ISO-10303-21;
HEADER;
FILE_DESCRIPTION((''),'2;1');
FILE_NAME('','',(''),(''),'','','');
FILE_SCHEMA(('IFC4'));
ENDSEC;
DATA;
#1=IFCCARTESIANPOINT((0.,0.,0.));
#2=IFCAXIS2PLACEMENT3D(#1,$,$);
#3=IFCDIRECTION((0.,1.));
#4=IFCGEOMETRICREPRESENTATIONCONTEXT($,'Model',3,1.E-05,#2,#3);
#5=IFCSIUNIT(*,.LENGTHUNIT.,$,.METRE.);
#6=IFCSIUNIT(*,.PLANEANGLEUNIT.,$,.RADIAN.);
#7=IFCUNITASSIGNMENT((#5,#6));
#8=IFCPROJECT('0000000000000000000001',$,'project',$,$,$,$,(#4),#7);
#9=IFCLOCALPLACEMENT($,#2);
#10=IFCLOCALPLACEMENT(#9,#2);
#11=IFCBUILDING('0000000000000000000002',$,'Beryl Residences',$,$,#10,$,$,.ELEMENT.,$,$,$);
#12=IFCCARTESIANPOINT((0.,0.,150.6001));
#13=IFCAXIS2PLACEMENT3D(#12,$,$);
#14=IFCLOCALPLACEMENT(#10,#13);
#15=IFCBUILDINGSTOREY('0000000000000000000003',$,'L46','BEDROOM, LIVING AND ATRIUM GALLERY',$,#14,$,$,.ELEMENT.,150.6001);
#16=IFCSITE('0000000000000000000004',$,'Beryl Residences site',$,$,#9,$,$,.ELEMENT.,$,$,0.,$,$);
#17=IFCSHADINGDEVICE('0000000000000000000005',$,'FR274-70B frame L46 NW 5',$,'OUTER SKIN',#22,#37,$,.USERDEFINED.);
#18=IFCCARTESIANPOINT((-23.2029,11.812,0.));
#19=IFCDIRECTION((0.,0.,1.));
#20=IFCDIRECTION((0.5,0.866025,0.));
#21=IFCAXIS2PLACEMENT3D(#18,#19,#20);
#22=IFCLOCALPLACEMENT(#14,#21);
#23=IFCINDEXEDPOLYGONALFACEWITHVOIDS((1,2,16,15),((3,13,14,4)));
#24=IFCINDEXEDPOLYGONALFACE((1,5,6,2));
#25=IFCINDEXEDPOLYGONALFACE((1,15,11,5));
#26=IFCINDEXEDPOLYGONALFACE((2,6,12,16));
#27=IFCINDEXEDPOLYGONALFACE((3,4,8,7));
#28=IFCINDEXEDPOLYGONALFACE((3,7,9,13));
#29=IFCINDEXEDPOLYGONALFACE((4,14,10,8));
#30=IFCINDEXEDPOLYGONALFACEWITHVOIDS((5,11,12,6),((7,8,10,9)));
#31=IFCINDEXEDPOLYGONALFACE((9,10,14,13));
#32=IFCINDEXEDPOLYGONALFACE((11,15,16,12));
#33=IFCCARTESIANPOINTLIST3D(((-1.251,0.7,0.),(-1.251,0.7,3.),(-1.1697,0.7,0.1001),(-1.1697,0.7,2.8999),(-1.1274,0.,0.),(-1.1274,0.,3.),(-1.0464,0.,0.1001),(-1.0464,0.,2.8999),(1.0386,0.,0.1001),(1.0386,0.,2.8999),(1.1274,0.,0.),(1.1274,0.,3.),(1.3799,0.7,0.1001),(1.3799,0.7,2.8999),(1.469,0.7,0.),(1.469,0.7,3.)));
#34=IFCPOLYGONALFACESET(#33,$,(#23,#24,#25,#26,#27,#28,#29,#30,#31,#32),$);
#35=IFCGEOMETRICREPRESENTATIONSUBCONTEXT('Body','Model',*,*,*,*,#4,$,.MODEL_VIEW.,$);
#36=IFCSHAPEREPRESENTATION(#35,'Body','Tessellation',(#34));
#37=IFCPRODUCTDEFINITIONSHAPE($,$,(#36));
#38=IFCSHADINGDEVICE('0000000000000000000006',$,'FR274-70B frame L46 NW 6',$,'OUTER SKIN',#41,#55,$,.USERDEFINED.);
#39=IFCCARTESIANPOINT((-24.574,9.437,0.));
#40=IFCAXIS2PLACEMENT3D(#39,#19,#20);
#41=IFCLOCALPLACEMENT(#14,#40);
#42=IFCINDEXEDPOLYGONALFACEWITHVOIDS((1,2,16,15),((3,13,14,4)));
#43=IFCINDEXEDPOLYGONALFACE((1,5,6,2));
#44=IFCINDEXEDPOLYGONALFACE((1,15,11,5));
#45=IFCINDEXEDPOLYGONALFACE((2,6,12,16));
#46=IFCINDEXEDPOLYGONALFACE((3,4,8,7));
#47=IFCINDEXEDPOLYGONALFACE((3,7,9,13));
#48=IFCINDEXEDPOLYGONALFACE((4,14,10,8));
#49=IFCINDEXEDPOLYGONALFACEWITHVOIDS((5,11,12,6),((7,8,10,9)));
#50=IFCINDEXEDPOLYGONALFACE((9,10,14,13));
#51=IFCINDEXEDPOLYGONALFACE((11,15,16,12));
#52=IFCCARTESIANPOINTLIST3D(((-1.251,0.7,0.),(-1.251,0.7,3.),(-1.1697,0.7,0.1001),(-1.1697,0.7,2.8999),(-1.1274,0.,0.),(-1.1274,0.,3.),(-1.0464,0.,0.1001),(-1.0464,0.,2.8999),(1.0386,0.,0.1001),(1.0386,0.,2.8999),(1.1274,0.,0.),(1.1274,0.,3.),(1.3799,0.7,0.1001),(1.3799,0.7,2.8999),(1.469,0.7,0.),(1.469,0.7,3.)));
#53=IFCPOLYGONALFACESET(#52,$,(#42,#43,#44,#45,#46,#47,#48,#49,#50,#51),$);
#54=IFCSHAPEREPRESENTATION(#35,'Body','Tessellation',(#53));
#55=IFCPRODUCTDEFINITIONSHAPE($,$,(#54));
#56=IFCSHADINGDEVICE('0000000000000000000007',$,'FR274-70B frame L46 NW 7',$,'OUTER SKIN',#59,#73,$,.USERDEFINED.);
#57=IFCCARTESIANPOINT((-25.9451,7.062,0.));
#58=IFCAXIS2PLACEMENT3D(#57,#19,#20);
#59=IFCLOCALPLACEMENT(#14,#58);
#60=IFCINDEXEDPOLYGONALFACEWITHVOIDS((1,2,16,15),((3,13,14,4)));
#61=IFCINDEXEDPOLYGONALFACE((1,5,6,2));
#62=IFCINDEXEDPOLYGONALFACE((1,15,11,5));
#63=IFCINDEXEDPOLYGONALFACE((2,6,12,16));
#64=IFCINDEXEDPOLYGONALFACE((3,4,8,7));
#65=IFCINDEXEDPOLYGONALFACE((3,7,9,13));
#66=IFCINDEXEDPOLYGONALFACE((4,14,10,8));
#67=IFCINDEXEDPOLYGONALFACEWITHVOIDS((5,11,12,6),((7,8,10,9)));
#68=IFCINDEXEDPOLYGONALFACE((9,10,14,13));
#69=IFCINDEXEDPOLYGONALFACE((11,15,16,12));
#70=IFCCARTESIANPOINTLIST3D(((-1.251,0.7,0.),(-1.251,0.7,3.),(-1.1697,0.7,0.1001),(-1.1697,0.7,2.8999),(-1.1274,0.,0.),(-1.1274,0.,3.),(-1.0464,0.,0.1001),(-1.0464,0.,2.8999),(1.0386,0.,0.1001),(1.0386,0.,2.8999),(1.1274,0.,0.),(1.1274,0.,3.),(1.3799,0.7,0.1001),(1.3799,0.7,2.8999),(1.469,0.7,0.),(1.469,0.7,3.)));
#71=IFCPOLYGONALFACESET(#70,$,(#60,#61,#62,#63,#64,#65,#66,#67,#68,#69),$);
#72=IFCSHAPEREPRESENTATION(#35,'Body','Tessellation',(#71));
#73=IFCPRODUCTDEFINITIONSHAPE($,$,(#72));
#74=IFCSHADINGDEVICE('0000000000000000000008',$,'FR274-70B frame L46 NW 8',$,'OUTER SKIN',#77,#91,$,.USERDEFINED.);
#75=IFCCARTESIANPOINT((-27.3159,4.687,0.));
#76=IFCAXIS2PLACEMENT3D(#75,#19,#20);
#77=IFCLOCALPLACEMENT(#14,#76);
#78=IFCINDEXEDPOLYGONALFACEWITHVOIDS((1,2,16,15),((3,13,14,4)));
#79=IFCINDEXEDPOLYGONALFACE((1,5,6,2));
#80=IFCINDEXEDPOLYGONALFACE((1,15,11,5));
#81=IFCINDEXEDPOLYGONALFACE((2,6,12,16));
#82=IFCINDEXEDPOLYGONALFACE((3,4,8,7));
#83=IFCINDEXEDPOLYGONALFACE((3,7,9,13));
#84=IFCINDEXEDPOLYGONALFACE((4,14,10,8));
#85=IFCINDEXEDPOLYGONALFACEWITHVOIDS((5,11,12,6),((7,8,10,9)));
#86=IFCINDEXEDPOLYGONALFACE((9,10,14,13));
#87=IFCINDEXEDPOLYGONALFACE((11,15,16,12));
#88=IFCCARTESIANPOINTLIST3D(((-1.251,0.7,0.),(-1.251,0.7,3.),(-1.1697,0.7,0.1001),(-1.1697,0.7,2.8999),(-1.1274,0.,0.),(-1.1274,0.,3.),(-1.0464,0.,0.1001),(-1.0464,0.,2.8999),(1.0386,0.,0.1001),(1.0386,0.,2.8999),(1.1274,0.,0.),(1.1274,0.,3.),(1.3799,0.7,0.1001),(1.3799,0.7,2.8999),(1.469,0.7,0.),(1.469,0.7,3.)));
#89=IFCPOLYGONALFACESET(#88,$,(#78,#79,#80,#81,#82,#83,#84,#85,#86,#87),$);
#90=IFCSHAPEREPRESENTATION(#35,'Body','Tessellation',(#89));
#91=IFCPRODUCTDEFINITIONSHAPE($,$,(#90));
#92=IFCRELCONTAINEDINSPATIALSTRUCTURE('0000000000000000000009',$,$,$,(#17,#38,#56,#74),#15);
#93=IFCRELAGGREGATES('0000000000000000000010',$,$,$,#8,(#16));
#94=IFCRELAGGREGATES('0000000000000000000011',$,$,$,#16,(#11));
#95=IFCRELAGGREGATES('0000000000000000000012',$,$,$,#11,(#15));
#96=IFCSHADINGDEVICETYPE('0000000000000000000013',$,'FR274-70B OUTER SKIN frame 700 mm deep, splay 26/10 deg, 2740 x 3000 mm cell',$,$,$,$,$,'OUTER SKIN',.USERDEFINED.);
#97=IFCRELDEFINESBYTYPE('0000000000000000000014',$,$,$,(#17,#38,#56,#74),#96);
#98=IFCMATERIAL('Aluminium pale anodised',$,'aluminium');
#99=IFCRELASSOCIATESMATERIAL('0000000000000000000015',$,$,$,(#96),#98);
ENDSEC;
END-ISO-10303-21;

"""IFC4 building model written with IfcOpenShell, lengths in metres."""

from ifc_helpers import new_model, entity, si_unit, direction, frame, origin, place, context, subcontext, project, spatial, source, transform, mapped, material, type_object, type_shapes, element, save


model = new_model("IFC4")

# Units and contexts
model_context = context("Model", 3, precision=1e-05, world=origin(), true_north=direction((0.0, 1.0)))
body_context = subcontext(model_context, "Body", "Model", "MODEL_VIEW")
ifc_project = project(units=[si_unit("LENGTHUNIT", "METRE"), si_unit("PLANEANGLEUNIT", "RADIAN")], contexts=[model_context])

# Site, building, storey
site_placement = place(None, origin())
site = spatial("IfcSite", under=ifc_project, at=site_placement, Name="Beryl Residences site", CompositionType="ELEMENT", RefElevation=0.0)
building_placement = place(site_placement, origin())
building = spatial("IfcBuilding", under=site, at=building_placement, Name="Beryl Residences", CompositionType="ELEMENT")
storey_placement = place(building_placement, frame((0.0, 0.0, 150.6001)))
storey = spatial("IfcBuildingStorey", under=building, at=storey_placement, Name="L46", Description="BEDROOM, LIVING AND ATRIUM GALLERY", CompositionType="ELEMENT", Elevation=150.6001)

# Shading devices
ifc_material_1 = material(Name="Aluminium pale anodised", Category="aluminium")
shading_device_type = type_object("IfcShadingDeviceType", Name="FR274-70B OUTER SKIN frame 700 mm deep, splay 26/10 deg, 2740 x 3000 mm cell", ElementType="OUTER SKIN", PredefinedType="USERDEFINED", material=ifc_material_1)
cartesian_point_1 = entity("IfcCartesianPoint", [-1.1274, 0.0])
cartesian_point_2 = entity("IfcCartesianPoint", [-1.0386, 0.1001])
cartesian_point_3 = entity("IfcCartesianPoint", [-1.469, 0.0])
cartesian_point_4 = entity("IfcCartesianPoint", [-1.3799, 0.1001])
shared_shape_1 = source(origin(), body_context, "Body", "SweptSolid", [
    entity("IfcExtrudedAreaSolidTapered", entity("IfcArbitraryProfileDefWithVoids", "AREA", None, entity("IfcPolyline", [cartesian_point_1, entity("IfcCartesianPoint", [1.1274, 0.0]), entity("IfcCartesianPoint", [1.1274, 3.0]), entity("IfcCartesianPoint", [-1.1274, 3.0]), cartesian_point_1]), [entity("IfcPolyline", [cartesian_point_2, entity("IfcCartesianPoint", [1.0464, 0.1001]), entity("IfcCartesianPoint", [1.0464, 2.8999]), entity("IfcCartesianPoint", [-1.0386, 2.8999]), cartesian_point_2])]), entity("IfcAxis2Placement3D", entity("IfcCartesianPoint", [0.0, 0.0, 0.0]), entity("IfcDirection", [0.0, 1.0, 0.0]), entity("IfcDirection", [-1.0, 0.0, 0.0])), entity("IfcDirection", [0.0, 0.0, 1.0]), 0.7, entity("IfcArbitraryProfileDefWithVoids", "AREA", None, entity("IfcPolyline", [cartesian_point_3, entity("IfcCartesianPoint", [1.251, 0.0]), entity("IfcCartesianPoint", [1.251, 3.0]), entity("IfcCartesianPoint", [-1.469, 3.0]), cartesian_point_3]), [entity("IfcPolyline", [cartesian_point_4, entity("IfcCartesianPoint", [1.1697, 0.1001]), entity("IfcCartesianPoint", [1.1697, 2.8999]), entity("IfcCartesianPoint", [-1.3799, 2.8999]), cartesian_point_4])])),
])
type_shapes(shading_device_type, [shared_shape_1])
for number, where, z_axis, x_axis, name in (
    (1, (-23.2029, 11.812, 0.0), (0.0, 0.0, 1.0), (0.5, 0.866025, 0.0), "FR274-70B frame L46 NW 5"),
    (2, (-24.574, 9.437, 0.0), (0.0, 0.0, 1.0), (0.5, 0.866025, 0.0), "FR274-70B frame L46 NW 6"),
    (3, (-25.9451, 7.062, 0.0), (0.0, 0.0, 1.0), (0.5, 0.866025, 0.0), "FR274-70B frame L46 NW 7"),
    (4, (-27.3159, 4.687, 0.0), (0.0, 0.0, 1.0), (0.5, 0.866025, 0.0), "FR274-70B frame L46 NW 8"),
):
    element("IfcShadingDevice", number, at=place(storey_placement, frame(where, z_axis=z_axis, x_axis=x_axis)), inside=storey, type_object=shading_device_type, Name=name, ObjectType="OUTER SKIN", PredefinedType="USERDEFINED", context=body_context, shape_type="MappedRepresentation", body=[
        mapped(shared_shape_1, transform((0.0, 0.0, 0.0))),
    ])

save(model, "model.ifc")
